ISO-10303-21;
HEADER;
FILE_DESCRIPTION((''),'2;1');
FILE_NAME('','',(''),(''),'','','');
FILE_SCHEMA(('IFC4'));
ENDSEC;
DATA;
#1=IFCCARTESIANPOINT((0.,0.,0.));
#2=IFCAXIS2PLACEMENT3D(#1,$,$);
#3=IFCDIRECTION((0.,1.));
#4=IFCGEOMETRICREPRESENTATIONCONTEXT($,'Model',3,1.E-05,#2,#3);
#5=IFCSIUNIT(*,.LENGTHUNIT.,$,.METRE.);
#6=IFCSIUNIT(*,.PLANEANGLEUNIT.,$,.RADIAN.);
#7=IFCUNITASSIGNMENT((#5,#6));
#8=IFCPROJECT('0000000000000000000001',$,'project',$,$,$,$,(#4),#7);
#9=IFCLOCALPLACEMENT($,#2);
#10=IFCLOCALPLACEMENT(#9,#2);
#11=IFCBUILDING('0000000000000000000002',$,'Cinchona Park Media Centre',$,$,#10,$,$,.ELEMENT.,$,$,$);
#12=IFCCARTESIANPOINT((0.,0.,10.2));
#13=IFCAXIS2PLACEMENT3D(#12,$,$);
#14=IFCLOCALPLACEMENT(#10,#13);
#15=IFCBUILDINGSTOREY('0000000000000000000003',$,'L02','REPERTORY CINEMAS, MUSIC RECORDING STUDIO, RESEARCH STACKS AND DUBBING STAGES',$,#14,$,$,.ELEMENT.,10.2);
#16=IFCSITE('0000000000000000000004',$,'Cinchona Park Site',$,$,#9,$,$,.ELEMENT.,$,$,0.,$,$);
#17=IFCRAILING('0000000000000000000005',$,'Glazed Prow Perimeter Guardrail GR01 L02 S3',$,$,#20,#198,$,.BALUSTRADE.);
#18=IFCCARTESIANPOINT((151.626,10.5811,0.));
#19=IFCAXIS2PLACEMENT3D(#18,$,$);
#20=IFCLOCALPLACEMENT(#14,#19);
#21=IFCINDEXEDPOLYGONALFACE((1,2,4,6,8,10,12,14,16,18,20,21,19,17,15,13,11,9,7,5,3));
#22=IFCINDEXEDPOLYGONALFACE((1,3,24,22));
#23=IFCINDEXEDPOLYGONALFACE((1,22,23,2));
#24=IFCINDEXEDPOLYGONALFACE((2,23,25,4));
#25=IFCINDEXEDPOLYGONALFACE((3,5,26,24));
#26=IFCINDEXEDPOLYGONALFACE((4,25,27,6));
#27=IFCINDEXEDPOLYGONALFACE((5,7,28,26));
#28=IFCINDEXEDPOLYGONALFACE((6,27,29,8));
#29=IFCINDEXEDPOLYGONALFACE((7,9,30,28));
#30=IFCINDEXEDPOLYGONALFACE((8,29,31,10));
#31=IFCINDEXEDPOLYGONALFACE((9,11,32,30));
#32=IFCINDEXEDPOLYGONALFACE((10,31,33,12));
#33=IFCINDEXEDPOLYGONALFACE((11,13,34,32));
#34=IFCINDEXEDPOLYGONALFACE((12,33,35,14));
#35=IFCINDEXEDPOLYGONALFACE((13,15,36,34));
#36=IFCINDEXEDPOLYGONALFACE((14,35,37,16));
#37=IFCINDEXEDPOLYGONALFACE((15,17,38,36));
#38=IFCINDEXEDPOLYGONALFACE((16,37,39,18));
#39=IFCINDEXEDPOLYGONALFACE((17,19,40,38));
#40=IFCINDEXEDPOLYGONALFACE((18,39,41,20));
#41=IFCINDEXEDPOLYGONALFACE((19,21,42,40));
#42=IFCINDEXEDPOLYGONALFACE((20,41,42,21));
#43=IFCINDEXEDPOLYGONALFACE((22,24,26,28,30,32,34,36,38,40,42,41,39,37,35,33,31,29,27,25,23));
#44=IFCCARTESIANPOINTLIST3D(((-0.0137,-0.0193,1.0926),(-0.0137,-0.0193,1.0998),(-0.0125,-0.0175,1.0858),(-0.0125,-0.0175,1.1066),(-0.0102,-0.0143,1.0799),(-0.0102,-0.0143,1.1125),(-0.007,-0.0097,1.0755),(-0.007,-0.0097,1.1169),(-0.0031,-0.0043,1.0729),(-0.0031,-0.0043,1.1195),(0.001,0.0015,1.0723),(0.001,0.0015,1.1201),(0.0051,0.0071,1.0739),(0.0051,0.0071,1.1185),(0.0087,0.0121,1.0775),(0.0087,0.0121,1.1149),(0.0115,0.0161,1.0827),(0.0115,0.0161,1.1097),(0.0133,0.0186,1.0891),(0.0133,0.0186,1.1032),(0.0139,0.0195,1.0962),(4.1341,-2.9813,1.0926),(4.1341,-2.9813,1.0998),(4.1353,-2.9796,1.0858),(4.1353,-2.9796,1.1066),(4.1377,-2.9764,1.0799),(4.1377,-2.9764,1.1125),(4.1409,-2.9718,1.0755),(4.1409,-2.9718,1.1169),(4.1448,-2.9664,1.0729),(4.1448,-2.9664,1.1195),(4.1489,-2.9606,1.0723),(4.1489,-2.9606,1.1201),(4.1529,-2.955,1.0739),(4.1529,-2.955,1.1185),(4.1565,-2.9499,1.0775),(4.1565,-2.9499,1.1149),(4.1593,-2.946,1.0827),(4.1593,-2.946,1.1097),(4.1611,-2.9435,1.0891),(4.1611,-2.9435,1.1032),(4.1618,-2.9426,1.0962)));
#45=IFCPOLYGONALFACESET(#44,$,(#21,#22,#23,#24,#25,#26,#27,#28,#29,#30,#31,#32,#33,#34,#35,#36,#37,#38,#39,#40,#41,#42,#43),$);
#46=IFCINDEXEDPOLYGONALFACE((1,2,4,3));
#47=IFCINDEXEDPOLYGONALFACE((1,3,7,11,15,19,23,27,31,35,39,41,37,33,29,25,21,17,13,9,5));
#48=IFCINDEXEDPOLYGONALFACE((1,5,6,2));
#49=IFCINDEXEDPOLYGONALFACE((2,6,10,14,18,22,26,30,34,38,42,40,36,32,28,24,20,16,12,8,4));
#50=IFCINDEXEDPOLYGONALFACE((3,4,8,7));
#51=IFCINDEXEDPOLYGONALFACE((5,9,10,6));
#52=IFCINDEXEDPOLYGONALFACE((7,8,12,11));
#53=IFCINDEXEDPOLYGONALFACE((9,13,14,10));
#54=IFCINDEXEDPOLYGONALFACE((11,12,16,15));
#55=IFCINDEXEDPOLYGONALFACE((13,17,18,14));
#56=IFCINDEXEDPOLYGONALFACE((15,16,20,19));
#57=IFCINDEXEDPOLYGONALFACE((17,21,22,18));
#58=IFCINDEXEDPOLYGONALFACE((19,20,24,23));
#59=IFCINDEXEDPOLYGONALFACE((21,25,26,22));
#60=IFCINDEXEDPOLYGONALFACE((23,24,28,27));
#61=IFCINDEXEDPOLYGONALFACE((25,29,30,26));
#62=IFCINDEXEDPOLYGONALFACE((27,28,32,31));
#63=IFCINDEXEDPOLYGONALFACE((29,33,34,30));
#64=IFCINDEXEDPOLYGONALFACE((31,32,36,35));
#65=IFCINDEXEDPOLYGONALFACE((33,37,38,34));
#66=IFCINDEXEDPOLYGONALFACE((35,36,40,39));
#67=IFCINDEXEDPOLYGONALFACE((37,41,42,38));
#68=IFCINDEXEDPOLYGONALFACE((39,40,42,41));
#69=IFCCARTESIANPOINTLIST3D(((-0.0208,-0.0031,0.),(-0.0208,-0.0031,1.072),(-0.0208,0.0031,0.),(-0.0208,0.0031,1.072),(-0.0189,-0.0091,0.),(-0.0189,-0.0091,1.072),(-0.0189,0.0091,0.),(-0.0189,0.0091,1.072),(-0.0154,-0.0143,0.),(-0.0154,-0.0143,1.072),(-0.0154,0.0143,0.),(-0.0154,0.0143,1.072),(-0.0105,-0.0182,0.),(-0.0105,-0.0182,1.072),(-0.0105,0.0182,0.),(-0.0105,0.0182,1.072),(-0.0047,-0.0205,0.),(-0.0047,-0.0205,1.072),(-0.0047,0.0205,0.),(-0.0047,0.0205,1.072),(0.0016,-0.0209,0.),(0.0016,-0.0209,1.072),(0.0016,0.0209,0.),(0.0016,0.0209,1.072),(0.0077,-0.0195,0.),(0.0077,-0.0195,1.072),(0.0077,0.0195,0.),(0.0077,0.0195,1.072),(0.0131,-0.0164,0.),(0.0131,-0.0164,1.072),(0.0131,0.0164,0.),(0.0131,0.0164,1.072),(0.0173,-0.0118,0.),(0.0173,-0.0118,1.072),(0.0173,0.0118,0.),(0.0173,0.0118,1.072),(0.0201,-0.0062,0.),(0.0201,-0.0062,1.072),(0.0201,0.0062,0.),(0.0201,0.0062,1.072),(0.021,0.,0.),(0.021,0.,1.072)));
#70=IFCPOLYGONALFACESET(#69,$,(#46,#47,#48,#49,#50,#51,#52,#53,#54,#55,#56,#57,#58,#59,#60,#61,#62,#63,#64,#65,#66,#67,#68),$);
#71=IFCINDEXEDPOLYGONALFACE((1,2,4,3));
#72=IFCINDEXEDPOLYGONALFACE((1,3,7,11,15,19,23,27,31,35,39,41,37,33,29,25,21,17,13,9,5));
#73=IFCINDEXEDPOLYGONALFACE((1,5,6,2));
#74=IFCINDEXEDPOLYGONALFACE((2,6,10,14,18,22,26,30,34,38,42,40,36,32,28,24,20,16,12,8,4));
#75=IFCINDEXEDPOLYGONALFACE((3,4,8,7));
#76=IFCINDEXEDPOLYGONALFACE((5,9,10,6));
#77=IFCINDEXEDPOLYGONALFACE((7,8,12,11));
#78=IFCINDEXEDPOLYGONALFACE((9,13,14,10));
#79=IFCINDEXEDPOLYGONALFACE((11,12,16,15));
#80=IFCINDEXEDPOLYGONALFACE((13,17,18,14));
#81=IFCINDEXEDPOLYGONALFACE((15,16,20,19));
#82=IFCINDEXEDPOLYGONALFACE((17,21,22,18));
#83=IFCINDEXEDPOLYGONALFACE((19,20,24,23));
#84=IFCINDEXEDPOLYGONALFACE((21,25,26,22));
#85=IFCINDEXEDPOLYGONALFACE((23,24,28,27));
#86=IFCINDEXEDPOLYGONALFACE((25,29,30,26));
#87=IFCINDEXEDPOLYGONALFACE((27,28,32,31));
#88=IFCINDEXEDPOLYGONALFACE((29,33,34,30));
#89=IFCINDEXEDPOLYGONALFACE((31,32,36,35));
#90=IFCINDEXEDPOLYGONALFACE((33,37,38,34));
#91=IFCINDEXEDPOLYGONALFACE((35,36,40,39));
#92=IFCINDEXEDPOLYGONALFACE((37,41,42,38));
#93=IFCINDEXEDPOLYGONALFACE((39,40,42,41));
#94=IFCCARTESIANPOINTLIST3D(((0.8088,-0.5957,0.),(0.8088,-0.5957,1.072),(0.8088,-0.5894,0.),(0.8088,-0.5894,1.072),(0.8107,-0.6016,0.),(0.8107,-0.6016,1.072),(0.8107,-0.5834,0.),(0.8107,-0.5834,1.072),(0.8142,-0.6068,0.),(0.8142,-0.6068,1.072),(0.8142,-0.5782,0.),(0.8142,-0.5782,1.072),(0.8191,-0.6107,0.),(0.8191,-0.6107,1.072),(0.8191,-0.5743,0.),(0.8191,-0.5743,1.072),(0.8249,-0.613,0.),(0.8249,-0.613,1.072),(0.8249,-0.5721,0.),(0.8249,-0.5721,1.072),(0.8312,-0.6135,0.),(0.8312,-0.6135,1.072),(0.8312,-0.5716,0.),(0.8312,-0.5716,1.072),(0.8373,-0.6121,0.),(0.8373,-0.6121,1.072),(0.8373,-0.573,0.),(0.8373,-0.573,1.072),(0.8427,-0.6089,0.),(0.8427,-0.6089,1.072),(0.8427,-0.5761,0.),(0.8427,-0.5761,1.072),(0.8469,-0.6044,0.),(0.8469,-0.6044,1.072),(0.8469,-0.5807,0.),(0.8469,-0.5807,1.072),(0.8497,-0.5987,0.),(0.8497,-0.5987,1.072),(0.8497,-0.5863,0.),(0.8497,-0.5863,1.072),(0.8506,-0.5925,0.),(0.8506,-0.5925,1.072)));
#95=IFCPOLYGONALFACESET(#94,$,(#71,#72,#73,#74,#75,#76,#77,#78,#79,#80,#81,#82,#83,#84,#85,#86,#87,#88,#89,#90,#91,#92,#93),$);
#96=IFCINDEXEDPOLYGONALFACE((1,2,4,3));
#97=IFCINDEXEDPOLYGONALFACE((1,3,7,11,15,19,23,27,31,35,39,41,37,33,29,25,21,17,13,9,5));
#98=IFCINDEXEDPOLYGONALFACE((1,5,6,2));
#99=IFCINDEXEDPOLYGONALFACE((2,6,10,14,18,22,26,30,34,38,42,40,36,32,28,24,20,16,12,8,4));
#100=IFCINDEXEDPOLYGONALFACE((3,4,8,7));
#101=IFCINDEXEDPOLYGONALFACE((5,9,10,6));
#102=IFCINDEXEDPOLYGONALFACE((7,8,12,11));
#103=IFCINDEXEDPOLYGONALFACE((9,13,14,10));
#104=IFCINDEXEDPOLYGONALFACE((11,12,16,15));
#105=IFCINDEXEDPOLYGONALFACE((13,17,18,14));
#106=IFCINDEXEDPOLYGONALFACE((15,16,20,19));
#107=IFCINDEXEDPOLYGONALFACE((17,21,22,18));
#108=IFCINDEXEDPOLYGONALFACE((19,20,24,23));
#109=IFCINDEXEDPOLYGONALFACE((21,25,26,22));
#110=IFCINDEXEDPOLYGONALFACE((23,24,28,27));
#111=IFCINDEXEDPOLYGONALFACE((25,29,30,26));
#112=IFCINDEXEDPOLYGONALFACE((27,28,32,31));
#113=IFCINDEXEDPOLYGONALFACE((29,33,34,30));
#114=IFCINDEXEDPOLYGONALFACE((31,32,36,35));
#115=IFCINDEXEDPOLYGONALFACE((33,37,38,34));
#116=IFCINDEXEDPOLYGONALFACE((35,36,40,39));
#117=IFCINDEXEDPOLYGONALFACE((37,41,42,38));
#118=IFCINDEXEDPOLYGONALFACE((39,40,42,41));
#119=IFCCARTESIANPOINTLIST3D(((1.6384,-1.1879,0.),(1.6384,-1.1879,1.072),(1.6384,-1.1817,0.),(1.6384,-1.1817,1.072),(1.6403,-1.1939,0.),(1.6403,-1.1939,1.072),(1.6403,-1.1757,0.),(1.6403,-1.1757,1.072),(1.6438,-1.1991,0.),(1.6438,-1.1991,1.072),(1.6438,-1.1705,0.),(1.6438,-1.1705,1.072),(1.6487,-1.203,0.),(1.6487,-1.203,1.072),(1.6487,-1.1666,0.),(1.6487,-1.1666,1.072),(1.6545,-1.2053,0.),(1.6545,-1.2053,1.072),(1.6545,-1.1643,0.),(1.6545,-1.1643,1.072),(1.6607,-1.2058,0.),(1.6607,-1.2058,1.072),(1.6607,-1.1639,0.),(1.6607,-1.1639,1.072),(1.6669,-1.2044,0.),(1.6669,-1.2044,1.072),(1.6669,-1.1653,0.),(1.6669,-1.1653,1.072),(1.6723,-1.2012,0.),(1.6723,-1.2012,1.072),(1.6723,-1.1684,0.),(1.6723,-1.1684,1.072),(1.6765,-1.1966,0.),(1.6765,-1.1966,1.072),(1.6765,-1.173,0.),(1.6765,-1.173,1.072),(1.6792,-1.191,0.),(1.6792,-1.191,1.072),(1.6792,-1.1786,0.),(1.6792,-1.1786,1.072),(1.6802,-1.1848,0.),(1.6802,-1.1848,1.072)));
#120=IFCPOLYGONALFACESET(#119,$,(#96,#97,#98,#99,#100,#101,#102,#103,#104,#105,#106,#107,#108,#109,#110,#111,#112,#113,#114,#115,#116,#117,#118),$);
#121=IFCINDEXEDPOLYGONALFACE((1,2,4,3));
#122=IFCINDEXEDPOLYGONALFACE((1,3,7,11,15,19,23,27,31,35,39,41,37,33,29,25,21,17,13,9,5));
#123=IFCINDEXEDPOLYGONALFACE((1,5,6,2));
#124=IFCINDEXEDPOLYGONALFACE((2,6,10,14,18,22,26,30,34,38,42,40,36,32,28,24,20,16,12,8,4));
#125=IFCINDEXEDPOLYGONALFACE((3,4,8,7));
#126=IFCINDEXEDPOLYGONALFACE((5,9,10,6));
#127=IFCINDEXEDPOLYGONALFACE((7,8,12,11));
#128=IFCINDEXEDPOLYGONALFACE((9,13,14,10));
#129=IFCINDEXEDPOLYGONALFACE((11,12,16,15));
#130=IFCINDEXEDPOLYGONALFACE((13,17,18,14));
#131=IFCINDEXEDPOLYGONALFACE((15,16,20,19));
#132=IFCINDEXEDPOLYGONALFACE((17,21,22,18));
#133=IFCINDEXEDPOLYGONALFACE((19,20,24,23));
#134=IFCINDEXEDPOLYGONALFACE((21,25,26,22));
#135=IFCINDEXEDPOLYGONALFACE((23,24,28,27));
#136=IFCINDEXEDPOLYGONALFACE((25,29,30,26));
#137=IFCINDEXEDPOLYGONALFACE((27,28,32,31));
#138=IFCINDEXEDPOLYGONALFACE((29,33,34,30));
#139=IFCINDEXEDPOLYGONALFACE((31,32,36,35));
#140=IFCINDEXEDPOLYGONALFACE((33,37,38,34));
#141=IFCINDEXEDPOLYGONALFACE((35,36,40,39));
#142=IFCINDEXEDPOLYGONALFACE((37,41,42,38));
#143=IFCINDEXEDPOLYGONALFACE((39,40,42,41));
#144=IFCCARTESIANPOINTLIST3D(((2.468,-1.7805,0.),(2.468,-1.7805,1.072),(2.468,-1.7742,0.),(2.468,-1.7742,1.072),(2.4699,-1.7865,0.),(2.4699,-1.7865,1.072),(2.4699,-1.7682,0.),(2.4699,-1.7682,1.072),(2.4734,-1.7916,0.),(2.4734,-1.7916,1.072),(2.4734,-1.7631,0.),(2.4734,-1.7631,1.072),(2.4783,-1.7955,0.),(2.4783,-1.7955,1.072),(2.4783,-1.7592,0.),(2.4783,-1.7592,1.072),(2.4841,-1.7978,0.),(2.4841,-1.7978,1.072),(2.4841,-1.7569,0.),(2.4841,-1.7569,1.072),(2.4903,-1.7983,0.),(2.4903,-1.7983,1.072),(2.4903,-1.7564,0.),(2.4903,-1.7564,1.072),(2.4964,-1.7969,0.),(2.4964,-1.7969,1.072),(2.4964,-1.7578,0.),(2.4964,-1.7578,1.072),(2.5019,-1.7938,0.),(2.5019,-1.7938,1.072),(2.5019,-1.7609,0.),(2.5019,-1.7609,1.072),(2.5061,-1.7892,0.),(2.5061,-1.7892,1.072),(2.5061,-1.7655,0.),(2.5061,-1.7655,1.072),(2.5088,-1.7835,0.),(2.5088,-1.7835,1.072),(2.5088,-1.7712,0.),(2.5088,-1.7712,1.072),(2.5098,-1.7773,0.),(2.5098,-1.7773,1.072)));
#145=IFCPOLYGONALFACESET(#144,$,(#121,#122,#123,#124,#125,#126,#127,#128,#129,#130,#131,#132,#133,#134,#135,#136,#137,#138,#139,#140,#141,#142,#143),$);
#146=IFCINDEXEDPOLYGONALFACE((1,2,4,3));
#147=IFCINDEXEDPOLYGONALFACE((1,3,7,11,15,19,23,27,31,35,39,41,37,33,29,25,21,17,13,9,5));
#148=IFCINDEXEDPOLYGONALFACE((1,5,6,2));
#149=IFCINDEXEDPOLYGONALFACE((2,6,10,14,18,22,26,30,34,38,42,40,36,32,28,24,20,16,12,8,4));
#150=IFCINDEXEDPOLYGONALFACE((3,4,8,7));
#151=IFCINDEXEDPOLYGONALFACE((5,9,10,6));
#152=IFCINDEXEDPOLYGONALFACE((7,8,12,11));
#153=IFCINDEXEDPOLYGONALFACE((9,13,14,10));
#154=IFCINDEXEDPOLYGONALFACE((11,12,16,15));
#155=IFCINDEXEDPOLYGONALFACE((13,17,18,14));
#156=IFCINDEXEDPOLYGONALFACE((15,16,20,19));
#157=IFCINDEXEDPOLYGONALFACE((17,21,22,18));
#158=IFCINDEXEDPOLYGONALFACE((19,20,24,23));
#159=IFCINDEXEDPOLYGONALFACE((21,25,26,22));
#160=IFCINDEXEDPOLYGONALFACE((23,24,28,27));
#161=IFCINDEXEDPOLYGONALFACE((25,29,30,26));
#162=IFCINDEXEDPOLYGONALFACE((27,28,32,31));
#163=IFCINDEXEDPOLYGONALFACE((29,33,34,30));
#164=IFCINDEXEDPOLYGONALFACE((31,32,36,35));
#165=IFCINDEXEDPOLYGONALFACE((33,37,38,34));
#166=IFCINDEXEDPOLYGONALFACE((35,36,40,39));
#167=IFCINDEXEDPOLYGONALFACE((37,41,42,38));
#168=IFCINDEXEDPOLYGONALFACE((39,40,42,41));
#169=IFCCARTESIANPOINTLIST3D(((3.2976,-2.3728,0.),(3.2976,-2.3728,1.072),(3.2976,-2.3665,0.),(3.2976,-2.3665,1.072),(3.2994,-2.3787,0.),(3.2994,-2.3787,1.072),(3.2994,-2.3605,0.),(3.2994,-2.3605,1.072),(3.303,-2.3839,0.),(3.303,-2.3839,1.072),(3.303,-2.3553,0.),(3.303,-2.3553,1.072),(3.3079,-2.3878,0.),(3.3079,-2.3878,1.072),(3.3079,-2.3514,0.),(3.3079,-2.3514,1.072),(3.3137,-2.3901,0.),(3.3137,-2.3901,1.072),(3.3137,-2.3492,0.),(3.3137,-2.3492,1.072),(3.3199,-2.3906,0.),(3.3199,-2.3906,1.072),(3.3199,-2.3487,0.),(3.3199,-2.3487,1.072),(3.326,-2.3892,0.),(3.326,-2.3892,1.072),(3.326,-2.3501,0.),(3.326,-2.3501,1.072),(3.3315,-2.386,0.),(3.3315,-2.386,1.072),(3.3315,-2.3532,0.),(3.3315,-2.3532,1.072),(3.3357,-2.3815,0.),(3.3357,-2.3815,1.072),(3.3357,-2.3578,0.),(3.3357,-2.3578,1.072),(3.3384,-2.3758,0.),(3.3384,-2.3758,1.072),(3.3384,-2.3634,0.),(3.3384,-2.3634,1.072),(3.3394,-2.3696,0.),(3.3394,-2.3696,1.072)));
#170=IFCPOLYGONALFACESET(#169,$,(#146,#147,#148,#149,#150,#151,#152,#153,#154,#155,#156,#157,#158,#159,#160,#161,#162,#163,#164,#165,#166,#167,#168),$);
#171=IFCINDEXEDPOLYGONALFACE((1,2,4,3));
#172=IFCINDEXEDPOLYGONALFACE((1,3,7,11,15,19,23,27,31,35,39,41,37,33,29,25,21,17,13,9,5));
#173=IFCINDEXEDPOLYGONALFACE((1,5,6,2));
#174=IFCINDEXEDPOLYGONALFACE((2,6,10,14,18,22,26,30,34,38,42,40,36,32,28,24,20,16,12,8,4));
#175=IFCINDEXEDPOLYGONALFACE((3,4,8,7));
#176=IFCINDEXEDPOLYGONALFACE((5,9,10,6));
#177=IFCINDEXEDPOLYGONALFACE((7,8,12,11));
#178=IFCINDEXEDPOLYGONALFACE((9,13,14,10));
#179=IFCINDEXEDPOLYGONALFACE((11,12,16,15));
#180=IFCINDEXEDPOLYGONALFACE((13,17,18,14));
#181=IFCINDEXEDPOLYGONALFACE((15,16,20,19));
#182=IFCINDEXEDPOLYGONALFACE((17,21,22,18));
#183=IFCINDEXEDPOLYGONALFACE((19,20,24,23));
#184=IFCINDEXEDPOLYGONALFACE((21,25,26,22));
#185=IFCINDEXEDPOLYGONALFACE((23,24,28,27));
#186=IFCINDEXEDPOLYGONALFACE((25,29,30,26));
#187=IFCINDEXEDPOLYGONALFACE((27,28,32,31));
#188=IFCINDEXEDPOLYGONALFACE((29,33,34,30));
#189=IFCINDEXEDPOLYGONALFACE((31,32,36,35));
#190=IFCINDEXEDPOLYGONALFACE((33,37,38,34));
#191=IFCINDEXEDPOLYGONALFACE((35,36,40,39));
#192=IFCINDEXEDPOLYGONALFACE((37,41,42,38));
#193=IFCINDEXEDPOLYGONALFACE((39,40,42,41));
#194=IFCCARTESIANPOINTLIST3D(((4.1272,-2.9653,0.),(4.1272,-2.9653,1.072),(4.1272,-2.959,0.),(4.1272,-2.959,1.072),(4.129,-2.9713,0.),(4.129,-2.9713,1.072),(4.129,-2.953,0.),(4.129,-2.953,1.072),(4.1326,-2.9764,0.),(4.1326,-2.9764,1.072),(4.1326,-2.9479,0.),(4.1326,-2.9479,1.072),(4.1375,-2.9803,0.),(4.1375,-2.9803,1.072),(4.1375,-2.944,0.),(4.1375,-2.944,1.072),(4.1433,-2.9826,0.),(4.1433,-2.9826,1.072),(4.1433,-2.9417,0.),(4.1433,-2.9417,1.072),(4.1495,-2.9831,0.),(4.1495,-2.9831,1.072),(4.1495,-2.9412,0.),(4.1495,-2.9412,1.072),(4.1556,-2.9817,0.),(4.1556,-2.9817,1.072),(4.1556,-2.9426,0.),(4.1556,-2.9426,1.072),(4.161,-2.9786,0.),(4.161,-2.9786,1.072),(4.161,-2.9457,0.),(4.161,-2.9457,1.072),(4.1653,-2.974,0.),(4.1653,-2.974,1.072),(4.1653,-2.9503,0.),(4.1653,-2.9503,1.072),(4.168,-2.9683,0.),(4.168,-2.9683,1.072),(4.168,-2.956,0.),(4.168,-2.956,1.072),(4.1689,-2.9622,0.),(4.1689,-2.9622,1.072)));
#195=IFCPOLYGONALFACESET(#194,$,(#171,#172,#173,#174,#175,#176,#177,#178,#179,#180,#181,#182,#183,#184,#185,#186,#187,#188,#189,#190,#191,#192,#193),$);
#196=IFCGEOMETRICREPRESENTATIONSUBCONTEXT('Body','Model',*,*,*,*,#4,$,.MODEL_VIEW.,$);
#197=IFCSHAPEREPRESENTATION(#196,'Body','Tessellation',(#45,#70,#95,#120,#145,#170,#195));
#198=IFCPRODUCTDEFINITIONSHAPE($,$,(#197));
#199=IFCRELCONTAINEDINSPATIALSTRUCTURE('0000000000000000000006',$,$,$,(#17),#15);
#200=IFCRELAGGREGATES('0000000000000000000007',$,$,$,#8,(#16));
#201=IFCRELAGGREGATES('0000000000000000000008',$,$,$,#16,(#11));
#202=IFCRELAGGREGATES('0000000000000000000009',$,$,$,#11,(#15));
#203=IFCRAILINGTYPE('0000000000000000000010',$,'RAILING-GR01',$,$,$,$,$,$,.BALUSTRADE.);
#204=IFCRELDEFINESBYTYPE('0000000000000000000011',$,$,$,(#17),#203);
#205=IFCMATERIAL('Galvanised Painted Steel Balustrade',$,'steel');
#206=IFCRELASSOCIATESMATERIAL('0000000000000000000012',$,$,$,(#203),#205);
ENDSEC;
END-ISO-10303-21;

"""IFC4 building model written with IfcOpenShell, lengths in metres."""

from ifc_helpers import new_model, si_unit, direction, frame, origin, origin_2d, place, context, subcontext, project, spatial, circle, extrude, material, type_object, element, save


model = new_model("IFC4")

# Units and contexts
model_context = context("Model", 3, precision=1e-05, world=origin(), true_north=direction((0.0, 1.0)))
body_context = subcontext(model_context, "Body", "Model", "MODEL_VIEW")
ifc_project = project(units=[si_unit("LENGTHUNIT", "METRE"), si_unit("PLANEANGLEUNIT", "RADIAN")], contexts=[model_context])

# Site, building, storey
site_placement = place(None, origin())
site = spatial("IfcSite", under=ifc_project, at=site_placement, Name="Cinchona Park Site", CompositionType="ELEMENT", RefElevation=0.0)
building_placement = place(site_placement, origin())
building = spatial("IfcBuilding", under=site, at=building_placement, Name="Cinchona Park Media Centre", CompositionType="ELEMENT")
storey_placement = place(building_placement, frame((0.0, 0.0, 10.2)))
storey = spatial("IfcBuildingStorey", under=building, at=storey_placement, Name="L02", Description="REPERTORY CINEMAS, MUSIC RECORDING STUDIO, RESEARCH STACKS AND DUBBING STAGES", CompositionType="ELEMENT", Elevation=10.2)

# Railing
ifc_material_1 = material(Name="Galvanised Painted Steel Balustrade", Category="steel")
railing_type = type_object("IfcRailingType", Name="RAILING-GR01", PredefinedType="BALUSTRADE", material=ifc_material_1)
railing_1_placement = place(storey_placement, frame((151.626, 10.5811, 0.0)))
element("IfcRailing", 1, at=railing_1_placement, inside=storey, type_object=railing_type, Name="Glazed Prow Perimeter Guardrail GR01 L02 S3", PredefinedType="BALUSTRADE", context=body_context, shape_type="SweptSolid", body=[
    extrude(circle(Radius=0.0239, at=origin_2d()), frame((0.0, 0.0, 1.0962), z_axis=(0.813795, -0.581152, 0.0), x_axis=(0.581152, 0.813795, 0.0)), (0.0, 0.0, 1.0), 5.0969),
    extrude(circle(Radius=0.021, at=origin_2d()), origin(), (0.0, 0.0, 1.0), 1.072),
    extrude(circle(Radius=0.021, at=origin_2d()), frame((0.8296, -0.5925, 0.0)), (0.0, 0.0, 1.0), 1.072),
    extrude(circle(Radius=0.021, at=origin_2d()), frame((1.6592, -1.1848, 0.0)), (0.0, 0.0, 1.0), 1.072),
    extrude(circle(Radius=0.021, at=origin_2d()), frame((2.4888, -1.7773, 0.0)), (0.0, 0.0, 1.0), 1.072),
    extrude(circle(Radius=0.021, at=origin_2d()), frame((3.3184, -2.3696, 0.0)), (0.0, 0.0, 1.0), 1.072),
    extrude(circle(Radius=0.021, at=origin_2d()), frame((4.1479, -2.9622, 0.0)), (0.0, 0.0, 1.0), 1.072),
])

save(model, "model.ifc")
